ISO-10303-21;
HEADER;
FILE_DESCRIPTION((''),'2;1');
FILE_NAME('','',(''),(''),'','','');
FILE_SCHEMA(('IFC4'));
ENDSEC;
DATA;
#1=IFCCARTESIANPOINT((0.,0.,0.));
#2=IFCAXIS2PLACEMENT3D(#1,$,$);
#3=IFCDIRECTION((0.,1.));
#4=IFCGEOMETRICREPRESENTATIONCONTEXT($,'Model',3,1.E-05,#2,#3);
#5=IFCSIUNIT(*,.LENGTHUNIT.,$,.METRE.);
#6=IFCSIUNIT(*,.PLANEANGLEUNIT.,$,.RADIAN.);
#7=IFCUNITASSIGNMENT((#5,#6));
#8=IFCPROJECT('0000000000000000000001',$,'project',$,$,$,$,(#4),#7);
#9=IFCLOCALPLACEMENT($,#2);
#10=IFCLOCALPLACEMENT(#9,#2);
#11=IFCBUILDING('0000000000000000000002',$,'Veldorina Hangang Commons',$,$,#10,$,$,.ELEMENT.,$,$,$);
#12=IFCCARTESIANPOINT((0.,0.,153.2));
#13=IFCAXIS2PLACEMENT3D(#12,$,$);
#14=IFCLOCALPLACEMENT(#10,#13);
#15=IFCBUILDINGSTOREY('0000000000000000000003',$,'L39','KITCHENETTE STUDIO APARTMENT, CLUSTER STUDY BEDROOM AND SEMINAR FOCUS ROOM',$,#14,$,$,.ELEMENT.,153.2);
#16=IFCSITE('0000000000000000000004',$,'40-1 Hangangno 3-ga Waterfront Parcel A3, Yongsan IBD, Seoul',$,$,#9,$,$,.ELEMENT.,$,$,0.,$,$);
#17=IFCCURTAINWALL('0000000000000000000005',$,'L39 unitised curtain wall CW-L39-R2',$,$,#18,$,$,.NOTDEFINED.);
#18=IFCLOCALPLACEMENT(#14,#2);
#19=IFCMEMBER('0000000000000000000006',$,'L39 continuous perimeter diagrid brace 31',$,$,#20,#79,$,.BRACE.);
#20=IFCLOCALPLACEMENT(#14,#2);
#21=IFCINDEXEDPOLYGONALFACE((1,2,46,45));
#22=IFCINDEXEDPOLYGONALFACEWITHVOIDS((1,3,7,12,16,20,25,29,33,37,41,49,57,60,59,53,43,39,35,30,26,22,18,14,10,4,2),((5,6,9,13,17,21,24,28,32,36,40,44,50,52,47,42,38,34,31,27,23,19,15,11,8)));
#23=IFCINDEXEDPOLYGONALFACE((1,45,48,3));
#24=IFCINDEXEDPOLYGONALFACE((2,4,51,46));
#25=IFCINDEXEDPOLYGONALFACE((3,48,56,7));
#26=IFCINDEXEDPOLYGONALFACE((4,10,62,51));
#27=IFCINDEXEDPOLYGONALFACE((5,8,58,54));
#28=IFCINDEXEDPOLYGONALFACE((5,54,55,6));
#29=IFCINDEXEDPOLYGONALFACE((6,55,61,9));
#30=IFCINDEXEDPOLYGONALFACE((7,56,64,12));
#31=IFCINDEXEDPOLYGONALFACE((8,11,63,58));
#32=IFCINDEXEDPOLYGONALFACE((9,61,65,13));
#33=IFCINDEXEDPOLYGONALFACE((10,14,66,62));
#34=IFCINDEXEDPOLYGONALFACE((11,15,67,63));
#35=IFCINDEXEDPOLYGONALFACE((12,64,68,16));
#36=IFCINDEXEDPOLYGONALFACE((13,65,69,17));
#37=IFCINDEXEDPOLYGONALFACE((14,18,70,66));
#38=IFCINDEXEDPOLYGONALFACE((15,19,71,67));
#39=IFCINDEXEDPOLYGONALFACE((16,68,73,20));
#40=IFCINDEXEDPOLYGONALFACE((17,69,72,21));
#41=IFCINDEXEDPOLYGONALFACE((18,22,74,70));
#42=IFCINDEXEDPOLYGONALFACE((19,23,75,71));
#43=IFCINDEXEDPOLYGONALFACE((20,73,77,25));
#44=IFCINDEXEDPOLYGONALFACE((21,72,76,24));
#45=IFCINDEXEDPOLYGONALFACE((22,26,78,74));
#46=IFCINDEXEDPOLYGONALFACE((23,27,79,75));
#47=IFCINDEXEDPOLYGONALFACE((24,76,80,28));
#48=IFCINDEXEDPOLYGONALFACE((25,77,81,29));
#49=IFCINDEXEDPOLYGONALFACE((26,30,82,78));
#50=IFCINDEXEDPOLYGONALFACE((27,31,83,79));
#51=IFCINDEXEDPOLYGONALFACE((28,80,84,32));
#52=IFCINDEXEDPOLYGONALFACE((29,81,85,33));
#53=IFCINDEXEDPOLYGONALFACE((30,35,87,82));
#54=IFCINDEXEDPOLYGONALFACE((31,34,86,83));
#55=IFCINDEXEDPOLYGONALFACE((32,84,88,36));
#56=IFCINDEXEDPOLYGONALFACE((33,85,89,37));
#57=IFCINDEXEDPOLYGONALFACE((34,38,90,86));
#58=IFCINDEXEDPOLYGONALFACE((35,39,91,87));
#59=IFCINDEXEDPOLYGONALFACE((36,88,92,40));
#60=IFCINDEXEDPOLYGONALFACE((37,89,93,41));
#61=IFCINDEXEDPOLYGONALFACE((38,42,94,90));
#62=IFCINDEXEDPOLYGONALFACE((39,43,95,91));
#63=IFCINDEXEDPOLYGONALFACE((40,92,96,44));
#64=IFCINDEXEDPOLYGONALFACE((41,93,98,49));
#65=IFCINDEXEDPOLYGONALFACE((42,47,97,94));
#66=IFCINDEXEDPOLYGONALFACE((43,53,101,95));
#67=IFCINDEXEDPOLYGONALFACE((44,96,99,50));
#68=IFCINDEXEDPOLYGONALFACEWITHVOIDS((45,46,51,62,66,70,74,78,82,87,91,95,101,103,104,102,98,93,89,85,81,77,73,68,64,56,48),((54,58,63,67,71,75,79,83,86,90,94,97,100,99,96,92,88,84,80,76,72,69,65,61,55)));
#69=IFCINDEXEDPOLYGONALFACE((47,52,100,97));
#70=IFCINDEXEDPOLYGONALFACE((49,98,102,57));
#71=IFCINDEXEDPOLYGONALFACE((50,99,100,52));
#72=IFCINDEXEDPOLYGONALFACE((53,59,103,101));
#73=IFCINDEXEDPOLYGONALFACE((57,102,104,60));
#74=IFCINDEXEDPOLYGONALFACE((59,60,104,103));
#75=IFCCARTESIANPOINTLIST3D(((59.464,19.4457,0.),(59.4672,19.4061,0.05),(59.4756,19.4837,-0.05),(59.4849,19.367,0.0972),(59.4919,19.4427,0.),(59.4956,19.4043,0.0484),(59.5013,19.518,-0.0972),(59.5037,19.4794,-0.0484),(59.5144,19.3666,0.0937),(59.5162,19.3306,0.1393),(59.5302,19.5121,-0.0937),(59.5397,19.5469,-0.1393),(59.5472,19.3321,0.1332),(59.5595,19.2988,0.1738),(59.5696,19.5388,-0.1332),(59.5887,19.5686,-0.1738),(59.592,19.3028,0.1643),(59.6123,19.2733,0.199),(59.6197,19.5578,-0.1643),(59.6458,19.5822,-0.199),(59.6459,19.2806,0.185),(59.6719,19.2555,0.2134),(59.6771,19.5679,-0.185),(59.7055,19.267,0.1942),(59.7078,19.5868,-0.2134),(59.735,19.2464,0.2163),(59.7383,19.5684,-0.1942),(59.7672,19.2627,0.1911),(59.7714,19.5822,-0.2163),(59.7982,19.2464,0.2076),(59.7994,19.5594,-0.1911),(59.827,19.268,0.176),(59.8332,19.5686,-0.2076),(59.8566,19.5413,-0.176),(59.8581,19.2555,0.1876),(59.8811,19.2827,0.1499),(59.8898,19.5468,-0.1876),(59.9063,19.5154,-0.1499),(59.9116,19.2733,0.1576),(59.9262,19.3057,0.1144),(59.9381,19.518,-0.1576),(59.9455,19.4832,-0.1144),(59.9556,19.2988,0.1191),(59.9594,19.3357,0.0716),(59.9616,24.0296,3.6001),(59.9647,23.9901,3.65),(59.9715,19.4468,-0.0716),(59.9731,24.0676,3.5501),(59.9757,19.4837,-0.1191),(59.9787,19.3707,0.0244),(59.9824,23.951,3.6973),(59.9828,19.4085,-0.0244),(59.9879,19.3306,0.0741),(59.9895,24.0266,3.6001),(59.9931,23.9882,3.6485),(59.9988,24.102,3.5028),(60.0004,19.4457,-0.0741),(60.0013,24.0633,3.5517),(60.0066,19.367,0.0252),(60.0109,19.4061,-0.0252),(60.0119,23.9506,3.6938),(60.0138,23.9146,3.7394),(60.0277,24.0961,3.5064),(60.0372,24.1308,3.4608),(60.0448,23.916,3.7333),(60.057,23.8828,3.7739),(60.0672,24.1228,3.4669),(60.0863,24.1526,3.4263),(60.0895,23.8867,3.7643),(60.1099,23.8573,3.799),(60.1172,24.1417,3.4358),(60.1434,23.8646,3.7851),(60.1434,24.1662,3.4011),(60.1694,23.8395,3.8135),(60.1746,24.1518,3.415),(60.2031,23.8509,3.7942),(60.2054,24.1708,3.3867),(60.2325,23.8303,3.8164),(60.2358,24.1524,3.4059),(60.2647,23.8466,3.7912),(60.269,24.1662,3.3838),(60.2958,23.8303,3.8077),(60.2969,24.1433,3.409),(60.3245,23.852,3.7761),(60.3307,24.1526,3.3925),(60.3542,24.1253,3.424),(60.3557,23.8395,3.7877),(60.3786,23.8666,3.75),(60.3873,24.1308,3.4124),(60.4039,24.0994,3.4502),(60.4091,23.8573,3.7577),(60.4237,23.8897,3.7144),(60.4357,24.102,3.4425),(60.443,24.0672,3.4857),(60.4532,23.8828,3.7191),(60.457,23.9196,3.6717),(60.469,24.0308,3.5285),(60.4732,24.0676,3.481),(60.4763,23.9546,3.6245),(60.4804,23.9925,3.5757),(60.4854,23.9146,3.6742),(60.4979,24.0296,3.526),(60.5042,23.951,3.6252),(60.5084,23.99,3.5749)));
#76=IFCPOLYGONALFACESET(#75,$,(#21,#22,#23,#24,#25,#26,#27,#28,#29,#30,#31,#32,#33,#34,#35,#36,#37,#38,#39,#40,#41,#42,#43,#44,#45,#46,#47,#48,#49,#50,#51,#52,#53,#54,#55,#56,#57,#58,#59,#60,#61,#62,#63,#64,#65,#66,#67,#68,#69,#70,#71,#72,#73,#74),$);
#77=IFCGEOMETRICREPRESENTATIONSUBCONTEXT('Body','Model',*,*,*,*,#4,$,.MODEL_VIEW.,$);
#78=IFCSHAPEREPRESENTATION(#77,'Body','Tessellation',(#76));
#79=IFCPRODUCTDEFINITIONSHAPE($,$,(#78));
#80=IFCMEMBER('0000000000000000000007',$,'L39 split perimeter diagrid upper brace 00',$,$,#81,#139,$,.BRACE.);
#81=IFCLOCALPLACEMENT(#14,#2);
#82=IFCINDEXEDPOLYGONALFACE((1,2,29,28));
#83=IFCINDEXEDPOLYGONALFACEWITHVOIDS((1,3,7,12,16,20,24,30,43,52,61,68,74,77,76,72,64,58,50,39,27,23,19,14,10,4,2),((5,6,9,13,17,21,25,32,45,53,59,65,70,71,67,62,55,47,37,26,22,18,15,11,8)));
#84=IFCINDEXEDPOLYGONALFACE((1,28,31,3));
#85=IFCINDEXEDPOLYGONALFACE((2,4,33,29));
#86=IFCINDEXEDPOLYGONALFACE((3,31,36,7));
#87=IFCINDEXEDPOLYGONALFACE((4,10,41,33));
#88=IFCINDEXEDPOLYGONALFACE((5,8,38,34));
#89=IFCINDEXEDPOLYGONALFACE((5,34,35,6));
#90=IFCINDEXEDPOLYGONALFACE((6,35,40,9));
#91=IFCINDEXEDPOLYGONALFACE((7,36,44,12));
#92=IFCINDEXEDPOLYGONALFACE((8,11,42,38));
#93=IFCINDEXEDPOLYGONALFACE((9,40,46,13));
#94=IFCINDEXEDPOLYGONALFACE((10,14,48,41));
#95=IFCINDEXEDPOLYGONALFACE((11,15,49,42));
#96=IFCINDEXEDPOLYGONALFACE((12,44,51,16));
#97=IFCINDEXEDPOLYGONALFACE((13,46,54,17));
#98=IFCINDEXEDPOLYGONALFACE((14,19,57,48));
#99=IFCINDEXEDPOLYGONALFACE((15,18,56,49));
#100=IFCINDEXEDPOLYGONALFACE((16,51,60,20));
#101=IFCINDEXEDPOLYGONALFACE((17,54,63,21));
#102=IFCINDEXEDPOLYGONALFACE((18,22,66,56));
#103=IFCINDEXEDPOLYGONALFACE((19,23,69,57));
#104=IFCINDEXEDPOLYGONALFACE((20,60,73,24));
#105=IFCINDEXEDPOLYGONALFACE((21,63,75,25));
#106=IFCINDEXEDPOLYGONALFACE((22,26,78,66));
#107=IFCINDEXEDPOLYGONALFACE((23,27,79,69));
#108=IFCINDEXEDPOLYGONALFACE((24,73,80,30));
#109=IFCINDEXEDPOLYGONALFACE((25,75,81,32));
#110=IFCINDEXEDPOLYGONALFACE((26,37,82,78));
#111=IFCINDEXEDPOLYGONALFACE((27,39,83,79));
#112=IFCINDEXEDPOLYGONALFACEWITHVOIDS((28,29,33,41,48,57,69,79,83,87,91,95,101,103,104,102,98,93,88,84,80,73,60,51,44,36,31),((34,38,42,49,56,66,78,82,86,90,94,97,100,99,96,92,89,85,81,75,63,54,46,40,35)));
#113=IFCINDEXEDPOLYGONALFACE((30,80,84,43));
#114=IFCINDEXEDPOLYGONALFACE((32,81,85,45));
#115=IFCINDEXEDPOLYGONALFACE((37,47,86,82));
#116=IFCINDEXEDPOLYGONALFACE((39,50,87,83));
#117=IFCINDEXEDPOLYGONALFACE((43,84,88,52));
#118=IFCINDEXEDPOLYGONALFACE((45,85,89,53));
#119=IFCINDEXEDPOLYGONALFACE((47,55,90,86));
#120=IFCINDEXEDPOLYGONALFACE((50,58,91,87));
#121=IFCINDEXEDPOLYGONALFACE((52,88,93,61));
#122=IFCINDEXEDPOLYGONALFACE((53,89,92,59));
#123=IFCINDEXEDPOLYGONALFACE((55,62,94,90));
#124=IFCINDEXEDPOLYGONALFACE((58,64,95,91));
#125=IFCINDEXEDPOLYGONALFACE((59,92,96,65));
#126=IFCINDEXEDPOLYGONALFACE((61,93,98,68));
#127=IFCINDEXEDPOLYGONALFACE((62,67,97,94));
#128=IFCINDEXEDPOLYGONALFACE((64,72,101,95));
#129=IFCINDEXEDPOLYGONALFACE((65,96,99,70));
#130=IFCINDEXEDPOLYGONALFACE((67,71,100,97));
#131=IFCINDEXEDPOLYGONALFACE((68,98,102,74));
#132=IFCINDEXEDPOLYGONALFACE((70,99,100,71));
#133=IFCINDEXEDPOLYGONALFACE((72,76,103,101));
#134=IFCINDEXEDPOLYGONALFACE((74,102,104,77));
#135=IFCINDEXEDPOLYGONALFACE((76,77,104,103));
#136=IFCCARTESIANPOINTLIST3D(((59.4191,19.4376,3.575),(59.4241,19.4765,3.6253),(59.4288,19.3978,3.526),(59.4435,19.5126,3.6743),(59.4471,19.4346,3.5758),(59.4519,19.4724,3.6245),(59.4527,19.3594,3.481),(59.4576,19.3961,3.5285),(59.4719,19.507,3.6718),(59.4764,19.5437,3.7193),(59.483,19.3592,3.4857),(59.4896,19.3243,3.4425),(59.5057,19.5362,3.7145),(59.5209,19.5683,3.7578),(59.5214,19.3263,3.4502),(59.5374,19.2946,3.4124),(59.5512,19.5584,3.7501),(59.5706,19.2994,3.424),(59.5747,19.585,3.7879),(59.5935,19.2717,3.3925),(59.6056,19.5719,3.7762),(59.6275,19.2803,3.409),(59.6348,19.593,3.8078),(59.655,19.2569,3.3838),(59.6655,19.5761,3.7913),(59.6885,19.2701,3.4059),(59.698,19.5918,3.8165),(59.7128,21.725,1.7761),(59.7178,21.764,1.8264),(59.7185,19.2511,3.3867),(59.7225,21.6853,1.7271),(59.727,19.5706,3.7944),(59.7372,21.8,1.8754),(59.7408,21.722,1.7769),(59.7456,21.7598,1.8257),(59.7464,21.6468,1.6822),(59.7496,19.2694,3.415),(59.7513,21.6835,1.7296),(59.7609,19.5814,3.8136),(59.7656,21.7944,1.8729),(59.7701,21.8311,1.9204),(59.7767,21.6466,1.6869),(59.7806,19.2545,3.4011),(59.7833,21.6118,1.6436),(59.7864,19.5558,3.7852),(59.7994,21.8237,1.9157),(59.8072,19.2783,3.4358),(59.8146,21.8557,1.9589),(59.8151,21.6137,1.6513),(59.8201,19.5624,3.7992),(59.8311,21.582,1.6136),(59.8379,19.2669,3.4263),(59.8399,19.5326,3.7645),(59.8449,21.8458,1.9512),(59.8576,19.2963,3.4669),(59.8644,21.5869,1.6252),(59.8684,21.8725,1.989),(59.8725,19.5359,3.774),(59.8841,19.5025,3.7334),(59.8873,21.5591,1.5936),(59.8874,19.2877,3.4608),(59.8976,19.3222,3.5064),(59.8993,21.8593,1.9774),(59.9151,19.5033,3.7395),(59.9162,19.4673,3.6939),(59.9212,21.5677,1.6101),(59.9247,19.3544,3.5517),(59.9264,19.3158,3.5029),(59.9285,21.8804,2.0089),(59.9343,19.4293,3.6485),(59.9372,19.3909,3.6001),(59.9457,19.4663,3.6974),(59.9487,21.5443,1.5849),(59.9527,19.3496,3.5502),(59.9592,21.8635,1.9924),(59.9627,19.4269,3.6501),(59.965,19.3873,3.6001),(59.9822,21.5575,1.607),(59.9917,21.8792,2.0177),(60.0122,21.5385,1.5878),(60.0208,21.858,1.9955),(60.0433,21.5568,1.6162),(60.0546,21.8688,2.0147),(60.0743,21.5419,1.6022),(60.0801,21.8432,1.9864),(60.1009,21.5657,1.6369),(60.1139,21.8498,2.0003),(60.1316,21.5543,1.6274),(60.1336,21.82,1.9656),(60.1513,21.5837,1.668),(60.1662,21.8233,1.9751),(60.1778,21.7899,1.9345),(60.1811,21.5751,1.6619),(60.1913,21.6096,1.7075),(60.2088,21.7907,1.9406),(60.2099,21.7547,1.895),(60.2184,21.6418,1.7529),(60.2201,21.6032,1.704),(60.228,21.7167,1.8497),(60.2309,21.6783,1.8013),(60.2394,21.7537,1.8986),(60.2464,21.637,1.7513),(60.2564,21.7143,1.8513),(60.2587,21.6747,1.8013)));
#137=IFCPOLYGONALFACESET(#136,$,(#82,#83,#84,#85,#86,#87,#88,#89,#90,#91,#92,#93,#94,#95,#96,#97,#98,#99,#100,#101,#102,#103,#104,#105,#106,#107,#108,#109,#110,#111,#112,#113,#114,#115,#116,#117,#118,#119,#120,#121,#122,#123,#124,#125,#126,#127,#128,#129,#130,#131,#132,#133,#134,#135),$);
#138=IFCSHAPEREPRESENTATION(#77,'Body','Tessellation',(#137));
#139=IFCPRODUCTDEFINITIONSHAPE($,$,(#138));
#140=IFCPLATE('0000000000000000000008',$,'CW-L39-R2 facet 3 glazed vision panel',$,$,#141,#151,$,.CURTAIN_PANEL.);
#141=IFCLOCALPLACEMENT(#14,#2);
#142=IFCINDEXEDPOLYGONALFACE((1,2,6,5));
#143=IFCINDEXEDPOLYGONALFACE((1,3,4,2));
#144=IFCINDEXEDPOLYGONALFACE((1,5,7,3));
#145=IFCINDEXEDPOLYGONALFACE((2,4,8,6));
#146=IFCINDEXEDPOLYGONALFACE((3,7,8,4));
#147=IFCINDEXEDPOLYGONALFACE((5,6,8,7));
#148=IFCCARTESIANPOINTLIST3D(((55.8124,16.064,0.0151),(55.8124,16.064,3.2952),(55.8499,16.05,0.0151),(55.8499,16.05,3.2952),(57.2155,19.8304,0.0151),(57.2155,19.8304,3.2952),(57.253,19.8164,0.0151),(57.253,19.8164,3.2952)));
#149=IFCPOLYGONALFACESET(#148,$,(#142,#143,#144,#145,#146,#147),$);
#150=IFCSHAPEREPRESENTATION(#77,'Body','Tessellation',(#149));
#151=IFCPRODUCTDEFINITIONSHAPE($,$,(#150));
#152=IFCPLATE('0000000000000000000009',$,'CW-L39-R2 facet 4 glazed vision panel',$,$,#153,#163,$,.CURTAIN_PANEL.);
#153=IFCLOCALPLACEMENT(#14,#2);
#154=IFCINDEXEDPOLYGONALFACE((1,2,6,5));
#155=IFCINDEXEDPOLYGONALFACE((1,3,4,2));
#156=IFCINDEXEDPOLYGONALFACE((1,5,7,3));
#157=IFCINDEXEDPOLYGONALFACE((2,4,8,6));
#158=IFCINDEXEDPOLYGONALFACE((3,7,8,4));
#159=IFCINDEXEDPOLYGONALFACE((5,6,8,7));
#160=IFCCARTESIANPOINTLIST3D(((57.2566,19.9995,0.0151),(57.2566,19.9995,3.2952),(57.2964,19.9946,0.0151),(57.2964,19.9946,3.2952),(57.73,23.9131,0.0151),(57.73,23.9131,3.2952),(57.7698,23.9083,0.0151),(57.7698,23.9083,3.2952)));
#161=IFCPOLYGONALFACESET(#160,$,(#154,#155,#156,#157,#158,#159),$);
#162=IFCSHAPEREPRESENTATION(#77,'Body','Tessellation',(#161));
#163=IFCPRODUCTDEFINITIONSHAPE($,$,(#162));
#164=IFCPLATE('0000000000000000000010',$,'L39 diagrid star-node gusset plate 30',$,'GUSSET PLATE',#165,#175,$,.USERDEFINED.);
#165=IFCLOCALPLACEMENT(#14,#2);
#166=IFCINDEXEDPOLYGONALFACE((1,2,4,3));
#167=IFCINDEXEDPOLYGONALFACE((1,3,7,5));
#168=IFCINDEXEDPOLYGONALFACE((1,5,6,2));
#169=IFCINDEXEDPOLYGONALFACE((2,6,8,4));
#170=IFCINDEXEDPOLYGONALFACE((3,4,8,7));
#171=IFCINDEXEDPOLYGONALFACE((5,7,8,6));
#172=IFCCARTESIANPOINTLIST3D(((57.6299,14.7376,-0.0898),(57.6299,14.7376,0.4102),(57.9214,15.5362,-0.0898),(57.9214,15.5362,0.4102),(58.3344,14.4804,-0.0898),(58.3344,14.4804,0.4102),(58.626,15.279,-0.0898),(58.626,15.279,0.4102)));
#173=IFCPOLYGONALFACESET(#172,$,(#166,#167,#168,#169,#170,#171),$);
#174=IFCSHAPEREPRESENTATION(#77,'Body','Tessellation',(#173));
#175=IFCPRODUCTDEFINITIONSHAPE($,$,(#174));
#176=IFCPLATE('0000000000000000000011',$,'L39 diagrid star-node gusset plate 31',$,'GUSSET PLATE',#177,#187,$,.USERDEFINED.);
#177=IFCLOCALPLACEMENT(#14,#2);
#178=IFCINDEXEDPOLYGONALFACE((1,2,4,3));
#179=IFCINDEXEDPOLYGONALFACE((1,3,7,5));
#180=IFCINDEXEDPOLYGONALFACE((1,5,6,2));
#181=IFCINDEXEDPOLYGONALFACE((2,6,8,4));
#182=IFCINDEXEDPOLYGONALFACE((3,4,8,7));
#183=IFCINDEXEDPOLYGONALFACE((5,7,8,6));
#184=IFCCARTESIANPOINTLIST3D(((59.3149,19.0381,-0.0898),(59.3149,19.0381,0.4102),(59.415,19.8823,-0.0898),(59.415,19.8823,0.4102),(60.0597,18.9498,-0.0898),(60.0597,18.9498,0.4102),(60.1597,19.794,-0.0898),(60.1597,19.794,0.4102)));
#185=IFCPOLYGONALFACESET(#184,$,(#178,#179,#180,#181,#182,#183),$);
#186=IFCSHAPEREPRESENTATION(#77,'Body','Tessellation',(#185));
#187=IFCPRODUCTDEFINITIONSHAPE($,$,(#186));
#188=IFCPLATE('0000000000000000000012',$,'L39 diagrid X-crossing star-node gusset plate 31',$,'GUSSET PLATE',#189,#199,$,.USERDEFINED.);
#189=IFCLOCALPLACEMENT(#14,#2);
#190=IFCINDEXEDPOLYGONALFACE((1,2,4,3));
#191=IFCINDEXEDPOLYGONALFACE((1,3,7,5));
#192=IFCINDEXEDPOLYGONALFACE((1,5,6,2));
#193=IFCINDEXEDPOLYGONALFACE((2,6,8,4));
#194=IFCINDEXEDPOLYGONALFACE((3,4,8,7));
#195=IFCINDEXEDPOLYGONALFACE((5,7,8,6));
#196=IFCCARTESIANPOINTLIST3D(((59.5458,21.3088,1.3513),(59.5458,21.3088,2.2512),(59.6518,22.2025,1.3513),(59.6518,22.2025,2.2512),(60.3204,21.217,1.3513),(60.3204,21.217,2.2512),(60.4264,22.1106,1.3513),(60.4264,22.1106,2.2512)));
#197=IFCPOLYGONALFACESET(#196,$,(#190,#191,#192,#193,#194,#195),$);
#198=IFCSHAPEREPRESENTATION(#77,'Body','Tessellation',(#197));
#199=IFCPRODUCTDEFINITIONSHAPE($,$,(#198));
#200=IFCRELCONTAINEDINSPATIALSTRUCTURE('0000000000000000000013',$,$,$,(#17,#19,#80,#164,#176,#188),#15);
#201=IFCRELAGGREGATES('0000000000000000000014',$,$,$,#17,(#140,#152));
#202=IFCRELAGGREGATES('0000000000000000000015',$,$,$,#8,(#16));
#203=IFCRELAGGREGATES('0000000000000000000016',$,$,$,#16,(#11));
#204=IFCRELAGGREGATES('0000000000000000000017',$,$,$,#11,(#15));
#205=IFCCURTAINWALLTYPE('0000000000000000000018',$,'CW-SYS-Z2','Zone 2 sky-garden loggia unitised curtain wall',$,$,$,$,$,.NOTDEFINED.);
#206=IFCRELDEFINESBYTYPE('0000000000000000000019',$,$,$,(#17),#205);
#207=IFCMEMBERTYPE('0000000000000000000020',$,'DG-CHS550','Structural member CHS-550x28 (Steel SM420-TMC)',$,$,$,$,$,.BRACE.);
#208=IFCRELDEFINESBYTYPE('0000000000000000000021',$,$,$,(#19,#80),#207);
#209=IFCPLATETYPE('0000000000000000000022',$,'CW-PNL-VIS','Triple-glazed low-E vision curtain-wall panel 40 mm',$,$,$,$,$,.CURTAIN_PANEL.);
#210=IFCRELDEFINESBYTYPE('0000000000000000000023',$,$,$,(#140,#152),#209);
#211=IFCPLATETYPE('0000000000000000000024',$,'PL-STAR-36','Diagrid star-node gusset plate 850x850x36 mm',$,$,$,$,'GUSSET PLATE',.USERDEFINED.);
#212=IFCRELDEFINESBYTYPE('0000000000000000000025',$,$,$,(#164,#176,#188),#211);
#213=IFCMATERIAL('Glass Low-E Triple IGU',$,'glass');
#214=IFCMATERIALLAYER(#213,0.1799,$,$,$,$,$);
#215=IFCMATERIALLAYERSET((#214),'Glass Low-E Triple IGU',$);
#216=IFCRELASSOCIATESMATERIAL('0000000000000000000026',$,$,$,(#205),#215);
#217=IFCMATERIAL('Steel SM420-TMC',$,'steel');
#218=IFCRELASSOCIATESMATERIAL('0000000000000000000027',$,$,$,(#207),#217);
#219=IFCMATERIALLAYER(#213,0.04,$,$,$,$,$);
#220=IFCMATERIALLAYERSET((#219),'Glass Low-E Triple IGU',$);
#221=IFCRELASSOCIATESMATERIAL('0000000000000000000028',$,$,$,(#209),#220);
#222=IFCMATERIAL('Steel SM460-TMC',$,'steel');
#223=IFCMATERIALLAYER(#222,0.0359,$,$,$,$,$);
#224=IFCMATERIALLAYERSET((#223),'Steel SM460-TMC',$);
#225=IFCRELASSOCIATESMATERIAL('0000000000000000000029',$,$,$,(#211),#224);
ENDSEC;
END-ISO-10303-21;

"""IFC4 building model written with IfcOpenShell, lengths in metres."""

from ifc_helpers import new_model, si_unit, direction, frame, origin, origin_2d, place, context, subcontext, project, spatial, rectangle, hollow_circle, extrude, material, layer, layer_set, material_profile, profile_set, type_object, element, aggregate, save


model = new_model("IFC4")

# Units and contexts
model_context = context("Model", 3, precision=1e-05, world=origin(), true_north=direction((0.0, 1.0)))
body_context = subcontext(model_context, "Body", "Model", "MODEL_VIEW")
ifc_project = project(units=[si_unit("LENGTHUNIT", "METRE"), si_unit("PLANEANGLEUNIT", "RADIAN")], contexts=[model_context])

# Site, building, storey
site_placement = place(None, origin())
site = spatial("IfcSite", under=ifc_project, at=site_placement, Name="40-1 Hangangno 3-ga Waterfront Parcel A3, Yongsan IBD, Seoul", CompositionType="ELEMENT", RefElevation=0.0)
building_placement = place(site_placement, origin())
building = spatial("IfcBuilding", under=site, at=building_placement, Name="Veldorina Hangang Commons", CompositionType="ELEMENT")
storey_placement = place(building_placement, frame((0.0, 0.0, 153.2)))
storey = spatial("IfcBuildingStorey", under=building, at=storey_placement, Name="L39", Description="KITCHENETTE STUDIO APARTMENT, CLUSTER STUDY BEDROOM AND SEMINAR FOCUS ROOM", CompositionType="ELEMENT", Elevation=153.2)

# Shared definitions
ifc_material_1 = material(Name="Steel SM420-TMC", Category="steel")

# Curtain wall
ifc_material_2 = material(Name="Glass Low-E Triple IGU", Category="glass")
ifc_layer_1 = layer(ifc_material_2, 0.1799)
ifc_layer_set_1 = layer_set([ifc_layer_1], Name="Glass Low-E Triple IGU")
curtain_wall_type = type_object("IfcCurtainWallType", Name="CW-SYS-Z2", Description="Zone 2 sky-garden loggia unitised curtain wall", PredefinedType="NOTDEFINED", material=ifc_layer_set_1)
curtain_wall_placement = place(storey_placement, origin())
curtain_wall = element("IfcCurtainWall", 1, at=curtain_wall_placement, inside=storey, type_object=curtain_wall_type, Name="L39 unitised curtain wall CW-L39-R2", PredefinedType="NOTDEFINED")

# Members
ifc_material_profile_1 = material_profile(ifc_material_1, hollow_circle(Radius=0.2749, WallThickness=0.0281, at=origin_2d()), Name="CHS-550x28")
ifc_profile_set_1 = profile_set([ifc_material_profile_1], Name="Steel SM420-TMC")
member_type_1 = type_object("IfcMemberType", Name="DG-CHS550", Description="Structural member CHS-550x28 (Steel SM420-TMC)", PredefinedType="BRACE", material=ifc_profile_set_1)
member_1_placement = place(storey_placement, frame((59.7373, 19.416, 0.0), z_axis=(0.085054, 0.783602, 0.615413), x_axis=(-0.994161, 0.107909, 0.0)))
element("IfcMember", 2, at=member_1_placement, inside=storey, type_object=member_type_1, Name="L39 continuous perimeter diagrid brace 31", PredefinedType="BRACE", context=body_context, shape_type="SweptSolid", body=[
    extrude(hollow_circle(Radius=0.2749, WallThickness=0.0281, at=origin_2d()), origin(), (0.0, 0.0, 1.0), 5.8499),
])
member_2_placement = place(storey_placement, frame((59.9861, 21.7097, 1.8013), z_axis=(-0.10042, -0.782074, 0.615041), x_axis=(0.991857, -0.127357, 0.0)))
element("IfcMember", 3, at=member_2_placement, inside=storey, type_object=member_type_1, Name="L39 split perimeter diagrid upper brace 00", PredefinedType="BRACE", context=body_context, shape_type="SweptSolid", body=[
    extrude(hollow_circle(Radius=0.2749, WallThickness=0.0281, at=origin_2d()), origin(), (0.0, 0.0, 1.0), 2.9248),
])

# Plates
ifc_layer_2 = layer(ifc_material_2, 0.04)
ifc_layer_set_2 = layer_set([ifc_layer_2], Name="Glass Low-E Triple IGU")
plate_type_1 = type_object("IfcPlateType", Name="CW-PNL-VIS", Description="Triple-glazed low-E vision curtain-wall panel 40 mm", PredefinedType="CURTAIN_PANEL", material=ifc_layer_set_2)
plate_1_placement = place(storey_placement, frame((56.5327, 17.9402, 0.0151), z_axis=(0.0, 0.0, 1.0), x_axis=(0.349095, 0.937087, 0.0)))
plate_1 = element("IfcPlate", 4, at=plate_1_placement, type_object=plate_type_1, Name="CW-L39-R2 facet 3 glazed vision panel", PredefinedType="CURTAIN_PANEL", context=body_context, shape_type="SweptSolid", body=[
    extrude(rectangle(XDim=4.0193, YDim=0.04, at=origin_2d()), origin(), (0.0, 0.0, 1.0), 3.28),
])
plate_2_placement = place(storey_placement, frame((57.5132, 21.9539, 0.0151), z_axis=(0.0, 0.0, 1.0), x_axis=(0.120085, 0.992764, 0.0)))
plate_2 = element("IfcPlate", 5, at=plate_2_placement, type_object=plate_type_1, Name="CW-L39-R2 facet 4 glazed vision panel", PredefinedType="CURTAIN_PANEL", context=body_context, shape_type="SweptSolid", body=[
    extrude(rectangle(XDim=3.9421, YDim=0.04, at=origin_2d()), origin(), (0.0, 0.0, 1.0), 3.28),
])
aggregate(curtain_wall, [plate_1, plate_2])

# Plates
ifc_material_3 = material(Name="Steel SM460-TMC", Category="steel")
ifc_layer_3 = layer(ifc_material_3, 0.0359)
ifc_layer_set_3 = layer_set([ifc_layer_3], Name="Steel SM460-TMC")
plate_type_2 = type_object("IfcPlateType", Name="PL-STAR-36", Description="Diagrid star-node gusset plate 850x850x36 mm", ElementType="GUSSET PLATE", PredefinedType="USERDEFINED", material=ifc_layer_set_3)
for number, where, z_axis, x_axis, name in (
    (6, (58.1279, 15.0083, -0.0898), (0.0, 0.0, 1.0), (0.342955, 0.939352, 0.0), "L39 diagrid star-node gusset plate 30"),
    (7, (59.7373, 19.416, -0.0898), (0.0, 0.0, 1.0), (0.117728, 0.993046, 0.0), "L39 diagrid star-node gusset plate 31"),
):
    element("IfcPlate", number, at=place(storey_placement, frame(where, z_axis=z_axis, x_axis=x_axis)), inside=storey, type_object=plate_type_2, Name=name, ObjectType="GUSSET PLATE", PredefinedType="USERDEFINED", context=body_context, shape_type="SweptSolid", body=[
        extrude(rectangle(XDim=0.8501, YDim=0.75, at=origin_2d()), origin(), (0.0, 0.0, 1.0), 0.5),
    ])
plate_3_placement = place(storey_placement, frame((59.9861, 21.7097, 1.3513), z_axis=(0.0, 0.0, 1.0), x_axis=(0.117728, 0.993046, 0.0)))
element("IfcPlate", 8, at=plate_3_placement, inside=storey, type_object=plate_type_2, Name="L39 diagrid X-crossing star-node gusset plate 31", ObjectType="GUSSET PLATE", PredefinedType="USERDEFINED", context=body_context, shape_type="SweptSolid", body=[
    extrude(rectangle(XDim=0.8999, YDim=0.78, at=origin_2d()), origin(), (0.0, 0.0, 1.0), 0.8999),
])

save(model, "model.ifc")
